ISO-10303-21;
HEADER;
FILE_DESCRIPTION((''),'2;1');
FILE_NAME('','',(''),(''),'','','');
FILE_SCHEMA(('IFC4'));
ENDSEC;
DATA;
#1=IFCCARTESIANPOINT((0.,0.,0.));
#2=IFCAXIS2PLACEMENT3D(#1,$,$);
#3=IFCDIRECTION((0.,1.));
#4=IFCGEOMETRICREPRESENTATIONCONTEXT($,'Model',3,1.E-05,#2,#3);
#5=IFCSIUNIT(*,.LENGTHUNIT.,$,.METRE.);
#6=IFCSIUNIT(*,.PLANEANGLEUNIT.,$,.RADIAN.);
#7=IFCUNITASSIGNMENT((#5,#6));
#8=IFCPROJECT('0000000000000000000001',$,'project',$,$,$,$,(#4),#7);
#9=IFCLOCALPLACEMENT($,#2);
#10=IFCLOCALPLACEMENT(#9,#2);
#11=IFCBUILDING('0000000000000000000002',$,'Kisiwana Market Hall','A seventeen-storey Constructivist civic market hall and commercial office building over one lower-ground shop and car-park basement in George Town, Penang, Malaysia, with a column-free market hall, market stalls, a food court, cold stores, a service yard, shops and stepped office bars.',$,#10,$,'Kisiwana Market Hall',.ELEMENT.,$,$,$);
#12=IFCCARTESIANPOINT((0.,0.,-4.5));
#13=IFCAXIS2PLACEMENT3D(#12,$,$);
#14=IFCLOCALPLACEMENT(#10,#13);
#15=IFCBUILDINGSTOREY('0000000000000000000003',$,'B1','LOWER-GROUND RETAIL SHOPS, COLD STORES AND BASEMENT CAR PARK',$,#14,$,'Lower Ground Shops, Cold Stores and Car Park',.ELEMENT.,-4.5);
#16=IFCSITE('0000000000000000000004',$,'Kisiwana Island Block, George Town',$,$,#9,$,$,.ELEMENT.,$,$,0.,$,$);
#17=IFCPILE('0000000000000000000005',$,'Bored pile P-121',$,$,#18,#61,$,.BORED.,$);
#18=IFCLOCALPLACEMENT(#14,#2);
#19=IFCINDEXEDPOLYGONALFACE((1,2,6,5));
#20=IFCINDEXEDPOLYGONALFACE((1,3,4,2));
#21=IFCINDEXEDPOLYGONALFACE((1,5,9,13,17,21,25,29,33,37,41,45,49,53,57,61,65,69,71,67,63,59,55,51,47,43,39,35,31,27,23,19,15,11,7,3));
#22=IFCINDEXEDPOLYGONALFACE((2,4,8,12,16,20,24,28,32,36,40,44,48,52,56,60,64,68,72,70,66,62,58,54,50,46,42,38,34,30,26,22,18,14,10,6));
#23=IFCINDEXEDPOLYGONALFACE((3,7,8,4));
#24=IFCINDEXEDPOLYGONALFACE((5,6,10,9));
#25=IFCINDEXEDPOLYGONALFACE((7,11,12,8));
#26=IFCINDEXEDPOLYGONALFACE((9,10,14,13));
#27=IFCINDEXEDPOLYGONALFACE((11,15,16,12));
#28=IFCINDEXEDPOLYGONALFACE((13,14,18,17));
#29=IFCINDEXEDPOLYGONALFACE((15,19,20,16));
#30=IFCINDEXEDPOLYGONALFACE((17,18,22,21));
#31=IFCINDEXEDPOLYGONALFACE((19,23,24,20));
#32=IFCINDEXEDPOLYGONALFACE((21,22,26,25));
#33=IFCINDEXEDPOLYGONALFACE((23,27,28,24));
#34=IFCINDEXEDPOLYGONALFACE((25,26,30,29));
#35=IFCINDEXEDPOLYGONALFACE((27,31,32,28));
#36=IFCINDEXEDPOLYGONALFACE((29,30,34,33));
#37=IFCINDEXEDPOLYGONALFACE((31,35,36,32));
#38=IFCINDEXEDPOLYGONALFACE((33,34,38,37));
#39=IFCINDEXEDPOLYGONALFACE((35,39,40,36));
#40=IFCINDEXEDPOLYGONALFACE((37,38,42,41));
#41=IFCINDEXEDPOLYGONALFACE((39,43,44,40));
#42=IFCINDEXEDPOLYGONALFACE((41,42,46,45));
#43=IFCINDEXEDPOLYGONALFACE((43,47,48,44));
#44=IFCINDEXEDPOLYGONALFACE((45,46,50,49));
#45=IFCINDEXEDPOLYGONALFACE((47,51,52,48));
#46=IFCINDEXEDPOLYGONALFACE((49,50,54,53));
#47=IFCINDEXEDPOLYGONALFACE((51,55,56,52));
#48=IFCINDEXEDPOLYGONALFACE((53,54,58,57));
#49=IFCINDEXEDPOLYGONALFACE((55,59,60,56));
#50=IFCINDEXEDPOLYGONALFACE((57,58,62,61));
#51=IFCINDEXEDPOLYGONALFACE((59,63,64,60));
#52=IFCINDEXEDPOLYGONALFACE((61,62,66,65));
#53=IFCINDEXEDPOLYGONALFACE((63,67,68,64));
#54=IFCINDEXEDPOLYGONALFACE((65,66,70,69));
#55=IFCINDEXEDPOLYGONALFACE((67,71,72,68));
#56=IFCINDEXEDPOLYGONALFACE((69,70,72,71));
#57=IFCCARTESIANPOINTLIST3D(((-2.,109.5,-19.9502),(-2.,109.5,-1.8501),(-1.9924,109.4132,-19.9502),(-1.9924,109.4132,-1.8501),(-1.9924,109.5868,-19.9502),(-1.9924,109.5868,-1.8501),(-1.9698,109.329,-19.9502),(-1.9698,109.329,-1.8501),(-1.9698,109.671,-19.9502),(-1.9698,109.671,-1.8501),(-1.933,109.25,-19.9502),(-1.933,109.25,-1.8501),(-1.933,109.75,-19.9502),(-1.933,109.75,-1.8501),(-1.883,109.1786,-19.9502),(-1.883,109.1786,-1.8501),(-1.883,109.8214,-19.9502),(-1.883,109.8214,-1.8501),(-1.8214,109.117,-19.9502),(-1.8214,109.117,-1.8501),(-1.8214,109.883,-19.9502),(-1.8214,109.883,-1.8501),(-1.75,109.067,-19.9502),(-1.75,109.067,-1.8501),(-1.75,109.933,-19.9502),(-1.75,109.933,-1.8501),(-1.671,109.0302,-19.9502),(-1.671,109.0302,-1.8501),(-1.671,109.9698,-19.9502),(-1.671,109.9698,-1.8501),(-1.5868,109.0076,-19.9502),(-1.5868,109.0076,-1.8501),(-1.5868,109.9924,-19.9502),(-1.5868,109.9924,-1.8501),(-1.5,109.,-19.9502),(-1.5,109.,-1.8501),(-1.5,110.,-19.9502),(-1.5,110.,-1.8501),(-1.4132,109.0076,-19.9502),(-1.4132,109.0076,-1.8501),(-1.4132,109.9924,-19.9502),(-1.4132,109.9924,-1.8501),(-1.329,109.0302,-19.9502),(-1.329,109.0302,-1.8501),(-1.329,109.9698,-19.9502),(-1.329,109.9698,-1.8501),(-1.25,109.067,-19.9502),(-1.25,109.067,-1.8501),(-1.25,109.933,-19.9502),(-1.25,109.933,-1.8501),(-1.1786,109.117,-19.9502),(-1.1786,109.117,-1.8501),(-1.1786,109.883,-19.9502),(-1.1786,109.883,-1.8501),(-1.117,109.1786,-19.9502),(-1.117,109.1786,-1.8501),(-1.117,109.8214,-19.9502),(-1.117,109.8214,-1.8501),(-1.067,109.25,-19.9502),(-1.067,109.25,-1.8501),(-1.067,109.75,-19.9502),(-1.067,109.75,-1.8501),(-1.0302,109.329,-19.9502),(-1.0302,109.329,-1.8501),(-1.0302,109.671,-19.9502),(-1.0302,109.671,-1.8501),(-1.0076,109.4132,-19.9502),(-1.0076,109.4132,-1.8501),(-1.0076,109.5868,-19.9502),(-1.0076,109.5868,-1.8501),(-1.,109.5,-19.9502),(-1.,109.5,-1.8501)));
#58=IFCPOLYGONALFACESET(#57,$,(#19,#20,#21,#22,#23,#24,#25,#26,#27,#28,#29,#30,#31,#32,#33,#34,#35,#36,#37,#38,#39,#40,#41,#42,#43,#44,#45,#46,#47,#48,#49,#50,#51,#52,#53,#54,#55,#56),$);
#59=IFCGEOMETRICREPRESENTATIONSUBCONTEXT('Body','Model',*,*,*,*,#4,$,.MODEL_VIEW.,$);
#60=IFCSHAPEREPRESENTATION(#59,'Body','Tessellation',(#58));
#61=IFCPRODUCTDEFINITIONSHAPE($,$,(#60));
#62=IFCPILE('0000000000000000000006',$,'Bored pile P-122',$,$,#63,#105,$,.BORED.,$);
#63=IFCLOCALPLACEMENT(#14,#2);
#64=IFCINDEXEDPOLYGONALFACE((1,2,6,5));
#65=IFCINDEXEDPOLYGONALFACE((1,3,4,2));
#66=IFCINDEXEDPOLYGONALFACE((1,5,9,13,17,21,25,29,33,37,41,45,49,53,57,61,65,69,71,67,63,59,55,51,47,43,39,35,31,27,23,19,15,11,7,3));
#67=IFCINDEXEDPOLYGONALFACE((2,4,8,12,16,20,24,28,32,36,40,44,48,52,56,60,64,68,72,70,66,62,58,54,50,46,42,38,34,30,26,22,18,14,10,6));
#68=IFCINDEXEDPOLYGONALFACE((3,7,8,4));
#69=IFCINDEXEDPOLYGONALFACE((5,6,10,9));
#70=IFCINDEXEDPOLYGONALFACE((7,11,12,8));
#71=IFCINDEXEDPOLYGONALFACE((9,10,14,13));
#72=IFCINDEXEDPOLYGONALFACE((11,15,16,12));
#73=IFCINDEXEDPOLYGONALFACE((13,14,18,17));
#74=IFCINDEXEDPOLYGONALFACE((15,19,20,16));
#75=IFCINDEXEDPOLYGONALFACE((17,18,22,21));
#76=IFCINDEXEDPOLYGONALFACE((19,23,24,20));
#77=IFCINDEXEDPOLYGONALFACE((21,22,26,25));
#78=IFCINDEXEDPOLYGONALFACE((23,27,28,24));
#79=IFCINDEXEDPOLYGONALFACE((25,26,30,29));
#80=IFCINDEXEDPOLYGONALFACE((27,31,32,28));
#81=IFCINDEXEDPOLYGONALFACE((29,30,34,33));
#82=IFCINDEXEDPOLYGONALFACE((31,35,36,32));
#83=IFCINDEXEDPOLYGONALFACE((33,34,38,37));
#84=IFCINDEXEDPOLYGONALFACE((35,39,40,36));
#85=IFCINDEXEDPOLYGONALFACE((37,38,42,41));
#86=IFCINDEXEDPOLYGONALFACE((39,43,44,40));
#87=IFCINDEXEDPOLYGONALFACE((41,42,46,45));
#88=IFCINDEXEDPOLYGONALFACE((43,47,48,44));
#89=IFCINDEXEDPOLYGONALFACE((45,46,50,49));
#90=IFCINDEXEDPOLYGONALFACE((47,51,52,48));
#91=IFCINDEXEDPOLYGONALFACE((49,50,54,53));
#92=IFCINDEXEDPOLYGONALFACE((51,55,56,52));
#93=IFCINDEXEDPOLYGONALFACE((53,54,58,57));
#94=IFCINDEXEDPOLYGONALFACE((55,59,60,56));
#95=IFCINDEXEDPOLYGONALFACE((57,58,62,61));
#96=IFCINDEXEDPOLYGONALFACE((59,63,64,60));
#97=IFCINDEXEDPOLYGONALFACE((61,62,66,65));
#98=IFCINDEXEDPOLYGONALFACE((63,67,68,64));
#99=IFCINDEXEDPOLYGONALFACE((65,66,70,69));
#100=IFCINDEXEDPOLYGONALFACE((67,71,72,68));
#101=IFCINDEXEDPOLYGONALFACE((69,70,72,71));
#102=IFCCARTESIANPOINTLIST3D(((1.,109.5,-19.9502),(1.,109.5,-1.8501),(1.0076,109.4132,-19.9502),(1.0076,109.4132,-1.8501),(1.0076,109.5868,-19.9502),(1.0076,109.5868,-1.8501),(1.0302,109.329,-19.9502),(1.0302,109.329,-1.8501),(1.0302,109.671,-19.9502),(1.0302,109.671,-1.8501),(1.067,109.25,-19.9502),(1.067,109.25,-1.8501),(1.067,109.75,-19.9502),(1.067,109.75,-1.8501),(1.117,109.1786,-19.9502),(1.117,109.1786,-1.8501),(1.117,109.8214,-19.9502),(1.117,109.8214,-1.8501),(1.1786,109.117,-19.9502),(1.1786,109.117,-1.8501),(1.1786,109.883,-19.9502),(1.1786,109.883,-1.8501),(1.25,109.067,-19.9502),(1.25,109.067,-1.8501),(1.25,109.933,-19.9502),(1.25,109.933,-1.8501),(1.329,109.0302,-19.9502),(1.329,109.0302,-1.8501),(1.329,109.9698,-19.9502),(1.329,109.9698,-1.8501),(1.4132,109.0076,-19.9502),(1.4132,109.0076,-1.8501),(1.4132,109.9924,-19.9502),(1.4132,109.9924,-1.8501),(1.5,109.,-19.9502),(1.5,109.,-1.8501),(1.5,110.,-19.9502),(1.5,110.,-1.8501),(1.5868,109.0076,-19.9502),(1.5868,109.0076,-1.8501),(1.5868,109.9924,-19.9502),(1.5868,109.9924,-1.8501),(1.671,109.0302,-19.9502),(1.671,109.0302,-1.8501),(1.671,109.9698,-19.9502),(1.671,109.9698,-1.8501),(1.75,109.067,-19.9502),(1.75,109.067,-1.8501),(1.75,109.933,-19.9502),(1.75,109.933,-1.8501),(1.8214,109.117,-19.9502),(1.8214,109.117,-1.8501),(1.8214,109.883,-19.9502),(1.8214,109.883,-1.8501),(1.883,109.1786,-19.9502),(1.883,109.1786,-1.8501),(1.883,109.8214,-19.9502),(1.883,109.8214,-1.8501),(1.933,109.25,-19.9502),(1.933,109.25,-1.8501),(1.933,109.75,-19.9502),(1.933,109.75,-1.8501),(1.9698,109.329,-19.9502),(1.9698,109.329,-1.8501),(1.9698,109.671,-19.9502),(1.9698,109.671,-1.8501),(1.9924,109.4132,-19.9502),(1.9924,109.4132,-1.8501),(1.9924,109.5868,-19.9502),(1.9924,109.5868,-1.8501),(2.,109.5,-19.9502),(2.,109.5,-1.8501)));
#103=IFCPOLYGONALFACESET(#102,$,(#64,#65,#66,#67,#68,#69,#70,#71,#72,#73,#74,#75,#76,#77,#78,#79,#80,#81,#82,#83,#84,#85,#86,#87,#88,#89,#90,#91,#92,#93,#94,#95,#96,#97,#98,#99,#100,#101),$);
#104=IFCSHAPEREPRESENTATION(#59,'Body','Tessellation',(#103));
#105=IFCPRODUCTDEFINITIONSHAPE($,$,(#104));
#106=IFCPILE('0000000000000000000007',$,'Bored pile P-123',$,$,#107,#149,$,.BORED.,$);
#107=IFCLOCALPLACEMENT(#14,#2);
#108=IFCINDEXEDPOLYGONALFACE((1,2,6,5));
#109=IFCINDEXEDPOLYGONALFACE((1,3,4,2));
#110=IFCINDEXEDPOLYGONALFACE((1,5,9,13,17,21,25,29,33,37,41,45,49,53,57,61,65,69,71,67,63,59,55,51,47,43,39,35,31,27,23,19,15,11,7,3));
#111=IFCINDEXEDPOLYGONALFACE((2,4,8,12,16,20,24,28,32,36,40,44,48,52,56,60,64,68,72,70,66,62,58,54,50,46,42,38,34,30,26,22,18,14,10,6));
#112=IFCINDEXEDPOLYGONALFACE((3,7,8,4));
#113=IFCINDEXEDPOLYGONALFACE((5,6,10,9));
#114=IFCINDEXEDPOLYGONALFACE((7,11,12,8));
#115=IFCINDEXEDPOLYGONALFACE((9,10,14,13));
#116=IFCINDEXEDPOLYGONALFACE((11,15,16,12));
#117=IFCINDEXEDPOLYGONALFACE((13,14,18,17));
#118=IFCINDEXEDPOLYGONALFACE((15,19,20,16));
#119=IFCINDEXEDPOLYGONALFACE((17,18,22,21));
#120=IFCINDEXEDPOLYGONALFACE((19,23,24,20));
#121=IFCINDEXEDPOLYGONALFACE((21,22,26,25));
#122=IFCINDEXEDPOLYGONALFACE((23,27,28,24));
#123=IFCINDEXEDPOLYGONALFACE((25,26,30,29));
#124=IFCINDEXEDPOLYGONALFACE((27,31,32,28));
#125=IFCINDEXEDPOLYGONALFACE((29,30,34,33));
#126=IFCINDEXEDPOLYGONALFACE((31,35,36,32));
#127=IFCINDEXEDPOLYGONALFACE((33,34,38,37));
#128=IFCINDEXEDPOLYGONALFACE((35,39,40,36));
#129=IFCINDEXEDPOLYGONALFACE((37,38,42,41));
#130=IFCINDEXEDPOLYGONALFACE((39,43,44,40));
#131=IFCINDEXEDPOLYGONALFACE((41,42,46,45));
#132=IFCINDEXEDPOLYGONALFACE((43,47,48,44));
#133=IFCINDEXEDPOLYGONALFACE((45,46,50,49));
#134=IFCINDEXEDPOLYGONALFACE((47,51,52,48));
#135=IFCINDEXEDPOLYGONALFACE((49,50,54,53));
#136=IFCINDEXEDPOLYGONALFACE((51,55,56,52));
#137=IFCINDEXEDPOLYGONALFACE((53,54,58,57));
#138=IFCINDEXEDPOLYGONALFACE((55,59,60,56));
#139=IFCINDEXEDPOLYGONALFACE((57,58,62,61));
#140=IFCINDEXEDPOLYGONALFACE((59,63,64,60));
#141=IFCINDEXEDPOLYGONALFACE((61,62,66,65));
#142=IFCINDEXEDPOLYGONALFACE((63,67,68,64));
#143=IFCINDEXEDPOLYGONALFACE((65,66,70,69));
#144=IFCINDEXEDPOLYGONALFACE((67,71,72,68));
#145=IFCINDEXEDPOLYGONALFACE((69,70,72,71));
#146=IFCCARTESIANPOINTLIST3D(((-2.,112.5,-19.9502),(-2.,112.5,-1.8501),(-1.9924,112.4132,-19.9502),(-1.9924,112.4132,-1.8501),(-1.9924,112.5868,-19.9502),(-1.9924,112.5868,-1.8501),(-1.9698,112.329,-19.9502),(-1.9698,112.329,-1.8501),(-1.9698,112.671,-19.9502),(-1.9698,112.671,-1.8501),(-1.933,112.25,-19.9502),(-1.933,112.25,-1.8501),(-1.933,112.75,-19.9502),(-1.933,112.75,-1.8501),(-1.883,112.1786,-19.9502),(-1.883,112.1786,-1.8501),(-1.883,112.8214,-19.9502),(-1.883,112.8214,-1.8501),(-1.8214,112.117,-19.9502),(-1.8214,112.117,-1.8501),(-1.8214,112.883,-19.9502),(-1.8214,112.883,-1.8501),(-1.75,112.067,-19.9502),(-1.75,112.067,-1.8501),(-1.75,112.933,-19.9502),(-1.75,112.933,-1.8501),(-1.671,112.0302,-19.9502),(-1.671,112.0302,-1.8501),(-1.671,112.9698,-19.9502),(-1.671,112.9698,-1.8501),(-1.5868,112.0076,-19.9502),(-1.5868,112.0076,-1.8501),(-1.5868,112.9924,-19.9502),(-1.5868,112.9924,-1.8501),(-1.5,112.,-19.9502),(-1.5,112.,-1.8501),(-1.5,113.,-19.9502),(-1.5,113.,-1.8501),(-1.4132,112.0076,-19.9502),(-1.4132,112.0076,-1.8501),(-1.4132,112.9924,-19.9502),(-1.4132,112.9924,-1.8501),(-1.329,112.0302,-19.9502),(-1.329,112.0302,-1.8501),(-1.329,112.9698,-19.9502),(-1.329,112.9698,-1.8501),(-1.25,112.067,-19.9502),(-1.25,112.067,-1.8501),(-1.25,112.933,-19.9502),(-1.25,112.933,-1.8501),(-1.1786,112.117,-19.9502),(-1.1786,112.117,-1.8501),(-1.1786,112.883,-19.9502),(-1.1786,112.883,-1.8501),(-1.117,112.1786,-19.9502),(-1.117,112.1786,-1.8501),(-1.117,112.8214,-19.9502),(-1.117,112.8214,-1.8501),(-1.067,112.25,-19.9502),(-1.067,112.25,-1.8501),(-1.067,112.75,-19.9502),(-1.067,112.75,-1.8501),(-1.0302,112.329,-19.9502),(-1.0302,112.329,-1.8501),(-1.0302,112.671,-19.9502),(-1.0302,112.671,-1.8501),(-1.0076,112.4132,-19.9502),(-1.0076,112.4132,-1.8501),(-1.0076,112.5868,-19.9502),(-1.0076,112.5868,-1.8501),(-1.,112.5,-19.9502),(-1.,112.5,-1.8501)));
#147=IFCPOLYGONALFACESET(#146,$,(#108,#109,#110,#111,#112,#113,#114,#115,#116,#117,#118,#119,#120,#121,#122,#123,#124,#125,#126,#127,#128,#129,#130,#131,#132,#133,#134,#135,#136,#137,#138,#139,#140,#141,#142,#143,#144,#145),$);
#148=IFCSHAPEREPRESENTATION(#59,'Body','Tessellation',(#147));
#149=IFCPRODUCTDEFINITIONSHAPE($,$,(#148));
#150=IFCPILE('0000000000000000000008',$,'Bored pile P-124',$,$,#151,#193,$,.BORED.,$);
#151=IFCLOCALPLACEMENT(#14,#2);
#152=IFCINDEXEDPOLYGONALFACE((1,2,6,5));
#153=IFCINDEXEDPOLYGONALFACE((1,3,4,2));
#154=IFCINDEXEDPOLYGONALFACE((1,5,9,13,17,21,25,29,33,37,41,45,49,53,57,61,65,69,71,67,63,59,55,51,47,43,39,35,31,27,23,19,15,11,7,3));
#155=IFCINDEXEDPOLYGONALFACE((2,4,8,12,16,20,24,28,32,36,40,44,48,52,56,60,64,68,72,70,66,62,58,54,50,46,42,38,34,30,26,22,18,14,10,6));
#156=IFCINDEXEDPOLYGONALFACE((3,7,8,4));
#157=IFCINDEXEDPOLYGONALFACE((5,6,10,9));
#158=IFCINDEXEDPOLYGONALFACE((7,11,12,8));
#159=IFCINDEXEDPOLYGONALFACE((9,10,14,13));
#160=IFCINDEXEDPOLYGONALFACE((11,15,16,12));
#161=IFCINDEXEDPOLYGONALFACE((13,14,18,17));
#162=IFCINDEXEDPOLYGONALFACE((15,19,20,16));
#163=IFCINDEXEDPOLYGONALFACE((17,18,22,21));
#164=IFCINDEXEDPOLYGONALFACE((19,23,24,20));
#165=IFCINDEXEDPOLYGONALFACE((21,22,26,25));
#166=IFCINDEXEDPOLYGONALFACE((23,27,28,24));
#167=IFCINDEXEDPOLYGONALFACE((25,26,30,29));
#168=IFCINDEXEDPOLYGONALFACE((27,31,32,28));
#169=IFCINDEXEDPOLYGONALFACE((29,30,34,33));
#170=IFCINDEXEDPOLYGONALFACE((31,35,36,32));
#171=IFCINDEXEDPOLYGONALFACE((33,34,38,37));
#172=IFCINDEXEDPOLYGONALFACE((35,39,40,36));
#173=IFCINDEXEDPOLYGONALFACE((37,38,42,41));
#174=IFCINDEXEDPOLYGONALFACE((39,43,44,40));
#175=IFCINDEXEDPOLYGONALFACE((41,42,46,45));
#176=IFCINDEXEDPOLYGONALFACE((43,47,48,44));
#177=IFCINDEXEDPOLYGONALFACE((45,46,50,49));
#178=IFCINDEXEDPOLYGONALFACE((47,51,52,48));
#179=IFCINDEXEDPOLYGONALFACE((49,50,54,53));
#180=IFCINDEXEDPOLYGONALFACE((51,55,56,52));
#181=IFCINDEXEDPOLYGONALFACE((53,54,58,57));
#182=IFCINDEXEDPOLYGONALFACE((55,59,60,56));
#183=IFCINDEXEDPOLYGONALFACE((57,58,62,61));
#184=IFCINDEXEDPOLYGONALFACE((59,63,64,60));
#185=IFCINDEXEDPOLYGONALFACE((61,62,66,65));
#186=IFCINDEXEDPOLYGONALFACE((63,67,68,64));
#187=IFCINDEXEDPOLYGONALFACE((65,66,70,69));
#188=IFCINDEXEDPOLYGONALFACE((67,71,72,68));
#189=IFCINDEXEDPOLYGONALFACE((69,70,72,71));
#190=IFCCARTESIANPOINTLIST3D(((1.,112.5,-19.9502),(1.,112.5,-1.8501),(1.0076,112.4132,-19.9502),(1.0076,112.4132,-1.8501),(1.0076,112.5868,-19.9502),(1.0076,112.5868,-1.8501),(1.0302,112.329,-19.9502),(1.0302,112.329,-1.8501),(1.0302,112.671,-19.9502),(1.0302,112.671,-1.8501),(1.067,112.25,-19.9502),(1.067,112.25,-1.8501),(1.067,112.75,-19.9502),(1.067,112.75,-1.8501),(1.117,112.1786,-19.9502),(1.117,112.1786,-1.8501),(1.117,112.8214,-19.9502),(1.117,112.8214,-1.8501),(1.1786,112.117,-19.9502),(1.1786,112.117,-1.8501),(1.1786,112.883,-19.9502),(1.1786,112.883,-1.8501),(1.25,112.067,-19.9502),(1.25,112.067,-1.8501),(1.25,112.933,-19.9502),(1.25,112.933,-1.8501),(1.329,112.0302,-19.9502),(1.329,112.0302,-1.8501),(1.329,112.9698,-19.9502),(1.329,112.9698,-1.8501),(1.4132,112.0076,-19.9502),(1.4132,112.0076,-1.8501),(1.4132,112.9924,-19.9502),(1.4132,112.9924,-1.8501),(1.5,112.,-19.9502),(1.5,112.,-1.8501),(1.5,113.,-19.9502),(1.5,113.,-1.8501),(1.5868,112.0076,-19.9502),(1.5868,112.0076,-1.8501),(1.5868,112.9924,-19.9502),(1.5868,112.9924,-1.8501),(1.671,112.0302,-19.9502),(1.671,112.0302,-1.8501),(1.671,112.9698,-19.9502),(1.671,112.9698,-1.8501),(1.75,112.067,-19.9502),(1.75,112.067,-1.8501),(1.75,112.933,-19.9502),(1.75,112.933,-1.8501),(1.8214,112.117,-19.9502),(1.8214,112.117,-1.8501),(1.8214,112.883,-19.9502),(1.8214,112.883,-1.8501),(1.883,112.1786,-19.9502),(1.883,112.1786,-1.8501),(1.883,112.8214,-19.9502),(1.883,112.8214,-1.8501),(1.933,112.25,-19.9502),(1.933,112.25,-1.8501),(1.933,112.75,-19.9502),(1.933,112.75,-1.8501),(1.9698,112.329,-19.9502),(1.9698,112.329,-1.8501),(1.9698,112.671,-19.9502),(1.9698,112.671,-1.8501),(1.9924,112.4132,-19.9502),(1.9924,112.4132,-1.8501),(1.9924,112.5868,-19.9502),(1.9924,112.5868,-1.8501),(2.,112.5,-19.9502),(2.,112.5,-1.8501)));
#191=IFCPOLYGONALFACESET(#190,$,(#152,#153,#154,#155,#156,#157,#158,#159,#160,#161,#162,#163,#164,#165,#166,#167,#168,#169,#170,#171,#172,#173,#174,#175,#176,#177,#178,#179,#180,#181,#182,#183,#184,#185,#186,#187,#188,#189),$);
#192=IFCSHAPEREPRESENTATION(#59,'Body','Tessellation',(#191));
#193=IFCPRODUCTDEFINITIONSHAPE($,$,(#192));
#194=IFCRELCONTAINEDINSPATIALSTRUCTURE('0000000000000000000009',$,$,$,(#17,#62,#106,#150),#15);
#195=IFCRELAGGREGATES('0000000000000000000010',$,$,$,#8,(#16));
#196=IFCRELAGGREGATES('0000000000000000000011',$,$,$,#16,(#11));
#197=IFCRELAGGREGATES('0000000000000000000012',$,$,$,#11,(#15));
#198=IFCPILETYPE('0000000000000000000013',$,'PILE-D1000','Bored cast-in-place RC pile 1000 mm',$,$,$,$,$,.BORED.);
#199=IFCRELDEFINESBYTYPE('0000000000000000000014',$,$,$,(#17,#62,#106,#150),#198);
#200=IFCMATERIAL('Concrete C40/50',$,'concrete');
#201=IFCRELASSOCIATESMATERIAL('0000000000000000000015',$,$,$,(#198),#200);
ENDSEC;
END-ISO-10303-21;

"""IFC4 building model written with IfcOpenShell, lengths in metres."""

from ifc_helpers import new_model, si_unit, direction, frame, origin, origin_2d, place, context, subcontext, project, spatial, circle, extrude, material, material_profile, profile_set, type_object, element, save


model = new_model("IFC4")

# Units and contexts
model_context = context("Model", 3, precision=1e-05, world=origin(), true_north=direction((0.0, 1.0)))
body_context = subcontext(model_context, "Body", "Model", "MODEL_VIEW")
ifc_project = project(units=[si_unit("LENGTHUNIT", "METRE"), si_unit("PLANEANGLEUNIT", "RADIAN")], contexts=[model_context])

# Site, building, storey
site_placement = place(None, origin())
site = spatial("IfcSite", under=ifc_project, at=site_placement, Name="Kisiwana Island Block, George Town", CompositionType="ELEMENT", RefElevation=0.0)
building_placement = place(site_placement, origin())
building = spatial("IfcBuilding", under=site, at=building_placement, Name="Kisiwana Market Hall", Description="A seventeen-storey Constructivist civic market hall and commercial office building over one lower-ground shop and car-park basement in George Town, Penang, Malaysia, with a column-free market hall, market stalls, a food court, cold stores, a service yard, shops and stepped office bars.", LongName="Kisiwana Market Hall", CompositionType="ELEMENT")
storey_placement = place(building_placement, frame((0.0, 0.0, -4.5)))
storey = spatial("IfcBuildingStorey", under=building, at=storey_placement, Name="B1", Description="LOWER-GROUND RETAIL SHOPS, COLD STORES AND BASEMENT CAR PARK", LongName="Lower Ground Shops, Cold Stores and Car Park", CompositionType="ELEMENT", Elevation=-4.5)

# Piles
ifc_material_1 = material(Name="Concrete C40/50", Category="concrete")
ifc_material_profile_1 = material_profile(ifc_material_1, circle(Radius=0.5, at=origin_2d()), Name="BP D1000")
ifc_profile_set_1 = profile_set([ifc_material_profile_1], Name="Concrete C40/50")
pile_type_1 = type_object("IfcPileType", Name="PILE-D1000", Description="Bored cast-in-place RC pile 1000 mm", PredefinedType="BORED", material=ifc_profile_set_1)
for number, where, z_axis, x_axis, name in (
    (1, (-1.5, 109.5, -1.8501), (0.0, 0.0, -1.0), (1.0, 0.0, 0.0), "Bored pile P-121"),
    (2, (1.5, 109.5, -1.8501), (0.0, 0.0, -1.0), (1.0, 0.0, 0.0), "Bored pile P-122"),
    (3, (-1.5, 112.5, -1.8501), (0.0, 0.0, -1.0), (1.0, 0.0, 0.0), "Bored pile P-123"),
    (4, (1.5, 112.5, -1.8501), (0.0, 0.0, -1.0), (1.0, 0.0, 0.0), "Bored pile P-124"),
):
    element("IfcPile", number, at=place(storey_placement, frame(where, z_axis=z_axis, x_axis=x_axis)), inside=storey, type_object=pile_type_1, Name=name, PredefinedType="BORED", context=body_context, shape_type="SweptSolid", body=[
        extrude(circle(Radius=0.5, at=origin_2d()), origin(), (0.0, 0.0, 1.0), 18.1001),
    ])

save(model, "model.ifc")
